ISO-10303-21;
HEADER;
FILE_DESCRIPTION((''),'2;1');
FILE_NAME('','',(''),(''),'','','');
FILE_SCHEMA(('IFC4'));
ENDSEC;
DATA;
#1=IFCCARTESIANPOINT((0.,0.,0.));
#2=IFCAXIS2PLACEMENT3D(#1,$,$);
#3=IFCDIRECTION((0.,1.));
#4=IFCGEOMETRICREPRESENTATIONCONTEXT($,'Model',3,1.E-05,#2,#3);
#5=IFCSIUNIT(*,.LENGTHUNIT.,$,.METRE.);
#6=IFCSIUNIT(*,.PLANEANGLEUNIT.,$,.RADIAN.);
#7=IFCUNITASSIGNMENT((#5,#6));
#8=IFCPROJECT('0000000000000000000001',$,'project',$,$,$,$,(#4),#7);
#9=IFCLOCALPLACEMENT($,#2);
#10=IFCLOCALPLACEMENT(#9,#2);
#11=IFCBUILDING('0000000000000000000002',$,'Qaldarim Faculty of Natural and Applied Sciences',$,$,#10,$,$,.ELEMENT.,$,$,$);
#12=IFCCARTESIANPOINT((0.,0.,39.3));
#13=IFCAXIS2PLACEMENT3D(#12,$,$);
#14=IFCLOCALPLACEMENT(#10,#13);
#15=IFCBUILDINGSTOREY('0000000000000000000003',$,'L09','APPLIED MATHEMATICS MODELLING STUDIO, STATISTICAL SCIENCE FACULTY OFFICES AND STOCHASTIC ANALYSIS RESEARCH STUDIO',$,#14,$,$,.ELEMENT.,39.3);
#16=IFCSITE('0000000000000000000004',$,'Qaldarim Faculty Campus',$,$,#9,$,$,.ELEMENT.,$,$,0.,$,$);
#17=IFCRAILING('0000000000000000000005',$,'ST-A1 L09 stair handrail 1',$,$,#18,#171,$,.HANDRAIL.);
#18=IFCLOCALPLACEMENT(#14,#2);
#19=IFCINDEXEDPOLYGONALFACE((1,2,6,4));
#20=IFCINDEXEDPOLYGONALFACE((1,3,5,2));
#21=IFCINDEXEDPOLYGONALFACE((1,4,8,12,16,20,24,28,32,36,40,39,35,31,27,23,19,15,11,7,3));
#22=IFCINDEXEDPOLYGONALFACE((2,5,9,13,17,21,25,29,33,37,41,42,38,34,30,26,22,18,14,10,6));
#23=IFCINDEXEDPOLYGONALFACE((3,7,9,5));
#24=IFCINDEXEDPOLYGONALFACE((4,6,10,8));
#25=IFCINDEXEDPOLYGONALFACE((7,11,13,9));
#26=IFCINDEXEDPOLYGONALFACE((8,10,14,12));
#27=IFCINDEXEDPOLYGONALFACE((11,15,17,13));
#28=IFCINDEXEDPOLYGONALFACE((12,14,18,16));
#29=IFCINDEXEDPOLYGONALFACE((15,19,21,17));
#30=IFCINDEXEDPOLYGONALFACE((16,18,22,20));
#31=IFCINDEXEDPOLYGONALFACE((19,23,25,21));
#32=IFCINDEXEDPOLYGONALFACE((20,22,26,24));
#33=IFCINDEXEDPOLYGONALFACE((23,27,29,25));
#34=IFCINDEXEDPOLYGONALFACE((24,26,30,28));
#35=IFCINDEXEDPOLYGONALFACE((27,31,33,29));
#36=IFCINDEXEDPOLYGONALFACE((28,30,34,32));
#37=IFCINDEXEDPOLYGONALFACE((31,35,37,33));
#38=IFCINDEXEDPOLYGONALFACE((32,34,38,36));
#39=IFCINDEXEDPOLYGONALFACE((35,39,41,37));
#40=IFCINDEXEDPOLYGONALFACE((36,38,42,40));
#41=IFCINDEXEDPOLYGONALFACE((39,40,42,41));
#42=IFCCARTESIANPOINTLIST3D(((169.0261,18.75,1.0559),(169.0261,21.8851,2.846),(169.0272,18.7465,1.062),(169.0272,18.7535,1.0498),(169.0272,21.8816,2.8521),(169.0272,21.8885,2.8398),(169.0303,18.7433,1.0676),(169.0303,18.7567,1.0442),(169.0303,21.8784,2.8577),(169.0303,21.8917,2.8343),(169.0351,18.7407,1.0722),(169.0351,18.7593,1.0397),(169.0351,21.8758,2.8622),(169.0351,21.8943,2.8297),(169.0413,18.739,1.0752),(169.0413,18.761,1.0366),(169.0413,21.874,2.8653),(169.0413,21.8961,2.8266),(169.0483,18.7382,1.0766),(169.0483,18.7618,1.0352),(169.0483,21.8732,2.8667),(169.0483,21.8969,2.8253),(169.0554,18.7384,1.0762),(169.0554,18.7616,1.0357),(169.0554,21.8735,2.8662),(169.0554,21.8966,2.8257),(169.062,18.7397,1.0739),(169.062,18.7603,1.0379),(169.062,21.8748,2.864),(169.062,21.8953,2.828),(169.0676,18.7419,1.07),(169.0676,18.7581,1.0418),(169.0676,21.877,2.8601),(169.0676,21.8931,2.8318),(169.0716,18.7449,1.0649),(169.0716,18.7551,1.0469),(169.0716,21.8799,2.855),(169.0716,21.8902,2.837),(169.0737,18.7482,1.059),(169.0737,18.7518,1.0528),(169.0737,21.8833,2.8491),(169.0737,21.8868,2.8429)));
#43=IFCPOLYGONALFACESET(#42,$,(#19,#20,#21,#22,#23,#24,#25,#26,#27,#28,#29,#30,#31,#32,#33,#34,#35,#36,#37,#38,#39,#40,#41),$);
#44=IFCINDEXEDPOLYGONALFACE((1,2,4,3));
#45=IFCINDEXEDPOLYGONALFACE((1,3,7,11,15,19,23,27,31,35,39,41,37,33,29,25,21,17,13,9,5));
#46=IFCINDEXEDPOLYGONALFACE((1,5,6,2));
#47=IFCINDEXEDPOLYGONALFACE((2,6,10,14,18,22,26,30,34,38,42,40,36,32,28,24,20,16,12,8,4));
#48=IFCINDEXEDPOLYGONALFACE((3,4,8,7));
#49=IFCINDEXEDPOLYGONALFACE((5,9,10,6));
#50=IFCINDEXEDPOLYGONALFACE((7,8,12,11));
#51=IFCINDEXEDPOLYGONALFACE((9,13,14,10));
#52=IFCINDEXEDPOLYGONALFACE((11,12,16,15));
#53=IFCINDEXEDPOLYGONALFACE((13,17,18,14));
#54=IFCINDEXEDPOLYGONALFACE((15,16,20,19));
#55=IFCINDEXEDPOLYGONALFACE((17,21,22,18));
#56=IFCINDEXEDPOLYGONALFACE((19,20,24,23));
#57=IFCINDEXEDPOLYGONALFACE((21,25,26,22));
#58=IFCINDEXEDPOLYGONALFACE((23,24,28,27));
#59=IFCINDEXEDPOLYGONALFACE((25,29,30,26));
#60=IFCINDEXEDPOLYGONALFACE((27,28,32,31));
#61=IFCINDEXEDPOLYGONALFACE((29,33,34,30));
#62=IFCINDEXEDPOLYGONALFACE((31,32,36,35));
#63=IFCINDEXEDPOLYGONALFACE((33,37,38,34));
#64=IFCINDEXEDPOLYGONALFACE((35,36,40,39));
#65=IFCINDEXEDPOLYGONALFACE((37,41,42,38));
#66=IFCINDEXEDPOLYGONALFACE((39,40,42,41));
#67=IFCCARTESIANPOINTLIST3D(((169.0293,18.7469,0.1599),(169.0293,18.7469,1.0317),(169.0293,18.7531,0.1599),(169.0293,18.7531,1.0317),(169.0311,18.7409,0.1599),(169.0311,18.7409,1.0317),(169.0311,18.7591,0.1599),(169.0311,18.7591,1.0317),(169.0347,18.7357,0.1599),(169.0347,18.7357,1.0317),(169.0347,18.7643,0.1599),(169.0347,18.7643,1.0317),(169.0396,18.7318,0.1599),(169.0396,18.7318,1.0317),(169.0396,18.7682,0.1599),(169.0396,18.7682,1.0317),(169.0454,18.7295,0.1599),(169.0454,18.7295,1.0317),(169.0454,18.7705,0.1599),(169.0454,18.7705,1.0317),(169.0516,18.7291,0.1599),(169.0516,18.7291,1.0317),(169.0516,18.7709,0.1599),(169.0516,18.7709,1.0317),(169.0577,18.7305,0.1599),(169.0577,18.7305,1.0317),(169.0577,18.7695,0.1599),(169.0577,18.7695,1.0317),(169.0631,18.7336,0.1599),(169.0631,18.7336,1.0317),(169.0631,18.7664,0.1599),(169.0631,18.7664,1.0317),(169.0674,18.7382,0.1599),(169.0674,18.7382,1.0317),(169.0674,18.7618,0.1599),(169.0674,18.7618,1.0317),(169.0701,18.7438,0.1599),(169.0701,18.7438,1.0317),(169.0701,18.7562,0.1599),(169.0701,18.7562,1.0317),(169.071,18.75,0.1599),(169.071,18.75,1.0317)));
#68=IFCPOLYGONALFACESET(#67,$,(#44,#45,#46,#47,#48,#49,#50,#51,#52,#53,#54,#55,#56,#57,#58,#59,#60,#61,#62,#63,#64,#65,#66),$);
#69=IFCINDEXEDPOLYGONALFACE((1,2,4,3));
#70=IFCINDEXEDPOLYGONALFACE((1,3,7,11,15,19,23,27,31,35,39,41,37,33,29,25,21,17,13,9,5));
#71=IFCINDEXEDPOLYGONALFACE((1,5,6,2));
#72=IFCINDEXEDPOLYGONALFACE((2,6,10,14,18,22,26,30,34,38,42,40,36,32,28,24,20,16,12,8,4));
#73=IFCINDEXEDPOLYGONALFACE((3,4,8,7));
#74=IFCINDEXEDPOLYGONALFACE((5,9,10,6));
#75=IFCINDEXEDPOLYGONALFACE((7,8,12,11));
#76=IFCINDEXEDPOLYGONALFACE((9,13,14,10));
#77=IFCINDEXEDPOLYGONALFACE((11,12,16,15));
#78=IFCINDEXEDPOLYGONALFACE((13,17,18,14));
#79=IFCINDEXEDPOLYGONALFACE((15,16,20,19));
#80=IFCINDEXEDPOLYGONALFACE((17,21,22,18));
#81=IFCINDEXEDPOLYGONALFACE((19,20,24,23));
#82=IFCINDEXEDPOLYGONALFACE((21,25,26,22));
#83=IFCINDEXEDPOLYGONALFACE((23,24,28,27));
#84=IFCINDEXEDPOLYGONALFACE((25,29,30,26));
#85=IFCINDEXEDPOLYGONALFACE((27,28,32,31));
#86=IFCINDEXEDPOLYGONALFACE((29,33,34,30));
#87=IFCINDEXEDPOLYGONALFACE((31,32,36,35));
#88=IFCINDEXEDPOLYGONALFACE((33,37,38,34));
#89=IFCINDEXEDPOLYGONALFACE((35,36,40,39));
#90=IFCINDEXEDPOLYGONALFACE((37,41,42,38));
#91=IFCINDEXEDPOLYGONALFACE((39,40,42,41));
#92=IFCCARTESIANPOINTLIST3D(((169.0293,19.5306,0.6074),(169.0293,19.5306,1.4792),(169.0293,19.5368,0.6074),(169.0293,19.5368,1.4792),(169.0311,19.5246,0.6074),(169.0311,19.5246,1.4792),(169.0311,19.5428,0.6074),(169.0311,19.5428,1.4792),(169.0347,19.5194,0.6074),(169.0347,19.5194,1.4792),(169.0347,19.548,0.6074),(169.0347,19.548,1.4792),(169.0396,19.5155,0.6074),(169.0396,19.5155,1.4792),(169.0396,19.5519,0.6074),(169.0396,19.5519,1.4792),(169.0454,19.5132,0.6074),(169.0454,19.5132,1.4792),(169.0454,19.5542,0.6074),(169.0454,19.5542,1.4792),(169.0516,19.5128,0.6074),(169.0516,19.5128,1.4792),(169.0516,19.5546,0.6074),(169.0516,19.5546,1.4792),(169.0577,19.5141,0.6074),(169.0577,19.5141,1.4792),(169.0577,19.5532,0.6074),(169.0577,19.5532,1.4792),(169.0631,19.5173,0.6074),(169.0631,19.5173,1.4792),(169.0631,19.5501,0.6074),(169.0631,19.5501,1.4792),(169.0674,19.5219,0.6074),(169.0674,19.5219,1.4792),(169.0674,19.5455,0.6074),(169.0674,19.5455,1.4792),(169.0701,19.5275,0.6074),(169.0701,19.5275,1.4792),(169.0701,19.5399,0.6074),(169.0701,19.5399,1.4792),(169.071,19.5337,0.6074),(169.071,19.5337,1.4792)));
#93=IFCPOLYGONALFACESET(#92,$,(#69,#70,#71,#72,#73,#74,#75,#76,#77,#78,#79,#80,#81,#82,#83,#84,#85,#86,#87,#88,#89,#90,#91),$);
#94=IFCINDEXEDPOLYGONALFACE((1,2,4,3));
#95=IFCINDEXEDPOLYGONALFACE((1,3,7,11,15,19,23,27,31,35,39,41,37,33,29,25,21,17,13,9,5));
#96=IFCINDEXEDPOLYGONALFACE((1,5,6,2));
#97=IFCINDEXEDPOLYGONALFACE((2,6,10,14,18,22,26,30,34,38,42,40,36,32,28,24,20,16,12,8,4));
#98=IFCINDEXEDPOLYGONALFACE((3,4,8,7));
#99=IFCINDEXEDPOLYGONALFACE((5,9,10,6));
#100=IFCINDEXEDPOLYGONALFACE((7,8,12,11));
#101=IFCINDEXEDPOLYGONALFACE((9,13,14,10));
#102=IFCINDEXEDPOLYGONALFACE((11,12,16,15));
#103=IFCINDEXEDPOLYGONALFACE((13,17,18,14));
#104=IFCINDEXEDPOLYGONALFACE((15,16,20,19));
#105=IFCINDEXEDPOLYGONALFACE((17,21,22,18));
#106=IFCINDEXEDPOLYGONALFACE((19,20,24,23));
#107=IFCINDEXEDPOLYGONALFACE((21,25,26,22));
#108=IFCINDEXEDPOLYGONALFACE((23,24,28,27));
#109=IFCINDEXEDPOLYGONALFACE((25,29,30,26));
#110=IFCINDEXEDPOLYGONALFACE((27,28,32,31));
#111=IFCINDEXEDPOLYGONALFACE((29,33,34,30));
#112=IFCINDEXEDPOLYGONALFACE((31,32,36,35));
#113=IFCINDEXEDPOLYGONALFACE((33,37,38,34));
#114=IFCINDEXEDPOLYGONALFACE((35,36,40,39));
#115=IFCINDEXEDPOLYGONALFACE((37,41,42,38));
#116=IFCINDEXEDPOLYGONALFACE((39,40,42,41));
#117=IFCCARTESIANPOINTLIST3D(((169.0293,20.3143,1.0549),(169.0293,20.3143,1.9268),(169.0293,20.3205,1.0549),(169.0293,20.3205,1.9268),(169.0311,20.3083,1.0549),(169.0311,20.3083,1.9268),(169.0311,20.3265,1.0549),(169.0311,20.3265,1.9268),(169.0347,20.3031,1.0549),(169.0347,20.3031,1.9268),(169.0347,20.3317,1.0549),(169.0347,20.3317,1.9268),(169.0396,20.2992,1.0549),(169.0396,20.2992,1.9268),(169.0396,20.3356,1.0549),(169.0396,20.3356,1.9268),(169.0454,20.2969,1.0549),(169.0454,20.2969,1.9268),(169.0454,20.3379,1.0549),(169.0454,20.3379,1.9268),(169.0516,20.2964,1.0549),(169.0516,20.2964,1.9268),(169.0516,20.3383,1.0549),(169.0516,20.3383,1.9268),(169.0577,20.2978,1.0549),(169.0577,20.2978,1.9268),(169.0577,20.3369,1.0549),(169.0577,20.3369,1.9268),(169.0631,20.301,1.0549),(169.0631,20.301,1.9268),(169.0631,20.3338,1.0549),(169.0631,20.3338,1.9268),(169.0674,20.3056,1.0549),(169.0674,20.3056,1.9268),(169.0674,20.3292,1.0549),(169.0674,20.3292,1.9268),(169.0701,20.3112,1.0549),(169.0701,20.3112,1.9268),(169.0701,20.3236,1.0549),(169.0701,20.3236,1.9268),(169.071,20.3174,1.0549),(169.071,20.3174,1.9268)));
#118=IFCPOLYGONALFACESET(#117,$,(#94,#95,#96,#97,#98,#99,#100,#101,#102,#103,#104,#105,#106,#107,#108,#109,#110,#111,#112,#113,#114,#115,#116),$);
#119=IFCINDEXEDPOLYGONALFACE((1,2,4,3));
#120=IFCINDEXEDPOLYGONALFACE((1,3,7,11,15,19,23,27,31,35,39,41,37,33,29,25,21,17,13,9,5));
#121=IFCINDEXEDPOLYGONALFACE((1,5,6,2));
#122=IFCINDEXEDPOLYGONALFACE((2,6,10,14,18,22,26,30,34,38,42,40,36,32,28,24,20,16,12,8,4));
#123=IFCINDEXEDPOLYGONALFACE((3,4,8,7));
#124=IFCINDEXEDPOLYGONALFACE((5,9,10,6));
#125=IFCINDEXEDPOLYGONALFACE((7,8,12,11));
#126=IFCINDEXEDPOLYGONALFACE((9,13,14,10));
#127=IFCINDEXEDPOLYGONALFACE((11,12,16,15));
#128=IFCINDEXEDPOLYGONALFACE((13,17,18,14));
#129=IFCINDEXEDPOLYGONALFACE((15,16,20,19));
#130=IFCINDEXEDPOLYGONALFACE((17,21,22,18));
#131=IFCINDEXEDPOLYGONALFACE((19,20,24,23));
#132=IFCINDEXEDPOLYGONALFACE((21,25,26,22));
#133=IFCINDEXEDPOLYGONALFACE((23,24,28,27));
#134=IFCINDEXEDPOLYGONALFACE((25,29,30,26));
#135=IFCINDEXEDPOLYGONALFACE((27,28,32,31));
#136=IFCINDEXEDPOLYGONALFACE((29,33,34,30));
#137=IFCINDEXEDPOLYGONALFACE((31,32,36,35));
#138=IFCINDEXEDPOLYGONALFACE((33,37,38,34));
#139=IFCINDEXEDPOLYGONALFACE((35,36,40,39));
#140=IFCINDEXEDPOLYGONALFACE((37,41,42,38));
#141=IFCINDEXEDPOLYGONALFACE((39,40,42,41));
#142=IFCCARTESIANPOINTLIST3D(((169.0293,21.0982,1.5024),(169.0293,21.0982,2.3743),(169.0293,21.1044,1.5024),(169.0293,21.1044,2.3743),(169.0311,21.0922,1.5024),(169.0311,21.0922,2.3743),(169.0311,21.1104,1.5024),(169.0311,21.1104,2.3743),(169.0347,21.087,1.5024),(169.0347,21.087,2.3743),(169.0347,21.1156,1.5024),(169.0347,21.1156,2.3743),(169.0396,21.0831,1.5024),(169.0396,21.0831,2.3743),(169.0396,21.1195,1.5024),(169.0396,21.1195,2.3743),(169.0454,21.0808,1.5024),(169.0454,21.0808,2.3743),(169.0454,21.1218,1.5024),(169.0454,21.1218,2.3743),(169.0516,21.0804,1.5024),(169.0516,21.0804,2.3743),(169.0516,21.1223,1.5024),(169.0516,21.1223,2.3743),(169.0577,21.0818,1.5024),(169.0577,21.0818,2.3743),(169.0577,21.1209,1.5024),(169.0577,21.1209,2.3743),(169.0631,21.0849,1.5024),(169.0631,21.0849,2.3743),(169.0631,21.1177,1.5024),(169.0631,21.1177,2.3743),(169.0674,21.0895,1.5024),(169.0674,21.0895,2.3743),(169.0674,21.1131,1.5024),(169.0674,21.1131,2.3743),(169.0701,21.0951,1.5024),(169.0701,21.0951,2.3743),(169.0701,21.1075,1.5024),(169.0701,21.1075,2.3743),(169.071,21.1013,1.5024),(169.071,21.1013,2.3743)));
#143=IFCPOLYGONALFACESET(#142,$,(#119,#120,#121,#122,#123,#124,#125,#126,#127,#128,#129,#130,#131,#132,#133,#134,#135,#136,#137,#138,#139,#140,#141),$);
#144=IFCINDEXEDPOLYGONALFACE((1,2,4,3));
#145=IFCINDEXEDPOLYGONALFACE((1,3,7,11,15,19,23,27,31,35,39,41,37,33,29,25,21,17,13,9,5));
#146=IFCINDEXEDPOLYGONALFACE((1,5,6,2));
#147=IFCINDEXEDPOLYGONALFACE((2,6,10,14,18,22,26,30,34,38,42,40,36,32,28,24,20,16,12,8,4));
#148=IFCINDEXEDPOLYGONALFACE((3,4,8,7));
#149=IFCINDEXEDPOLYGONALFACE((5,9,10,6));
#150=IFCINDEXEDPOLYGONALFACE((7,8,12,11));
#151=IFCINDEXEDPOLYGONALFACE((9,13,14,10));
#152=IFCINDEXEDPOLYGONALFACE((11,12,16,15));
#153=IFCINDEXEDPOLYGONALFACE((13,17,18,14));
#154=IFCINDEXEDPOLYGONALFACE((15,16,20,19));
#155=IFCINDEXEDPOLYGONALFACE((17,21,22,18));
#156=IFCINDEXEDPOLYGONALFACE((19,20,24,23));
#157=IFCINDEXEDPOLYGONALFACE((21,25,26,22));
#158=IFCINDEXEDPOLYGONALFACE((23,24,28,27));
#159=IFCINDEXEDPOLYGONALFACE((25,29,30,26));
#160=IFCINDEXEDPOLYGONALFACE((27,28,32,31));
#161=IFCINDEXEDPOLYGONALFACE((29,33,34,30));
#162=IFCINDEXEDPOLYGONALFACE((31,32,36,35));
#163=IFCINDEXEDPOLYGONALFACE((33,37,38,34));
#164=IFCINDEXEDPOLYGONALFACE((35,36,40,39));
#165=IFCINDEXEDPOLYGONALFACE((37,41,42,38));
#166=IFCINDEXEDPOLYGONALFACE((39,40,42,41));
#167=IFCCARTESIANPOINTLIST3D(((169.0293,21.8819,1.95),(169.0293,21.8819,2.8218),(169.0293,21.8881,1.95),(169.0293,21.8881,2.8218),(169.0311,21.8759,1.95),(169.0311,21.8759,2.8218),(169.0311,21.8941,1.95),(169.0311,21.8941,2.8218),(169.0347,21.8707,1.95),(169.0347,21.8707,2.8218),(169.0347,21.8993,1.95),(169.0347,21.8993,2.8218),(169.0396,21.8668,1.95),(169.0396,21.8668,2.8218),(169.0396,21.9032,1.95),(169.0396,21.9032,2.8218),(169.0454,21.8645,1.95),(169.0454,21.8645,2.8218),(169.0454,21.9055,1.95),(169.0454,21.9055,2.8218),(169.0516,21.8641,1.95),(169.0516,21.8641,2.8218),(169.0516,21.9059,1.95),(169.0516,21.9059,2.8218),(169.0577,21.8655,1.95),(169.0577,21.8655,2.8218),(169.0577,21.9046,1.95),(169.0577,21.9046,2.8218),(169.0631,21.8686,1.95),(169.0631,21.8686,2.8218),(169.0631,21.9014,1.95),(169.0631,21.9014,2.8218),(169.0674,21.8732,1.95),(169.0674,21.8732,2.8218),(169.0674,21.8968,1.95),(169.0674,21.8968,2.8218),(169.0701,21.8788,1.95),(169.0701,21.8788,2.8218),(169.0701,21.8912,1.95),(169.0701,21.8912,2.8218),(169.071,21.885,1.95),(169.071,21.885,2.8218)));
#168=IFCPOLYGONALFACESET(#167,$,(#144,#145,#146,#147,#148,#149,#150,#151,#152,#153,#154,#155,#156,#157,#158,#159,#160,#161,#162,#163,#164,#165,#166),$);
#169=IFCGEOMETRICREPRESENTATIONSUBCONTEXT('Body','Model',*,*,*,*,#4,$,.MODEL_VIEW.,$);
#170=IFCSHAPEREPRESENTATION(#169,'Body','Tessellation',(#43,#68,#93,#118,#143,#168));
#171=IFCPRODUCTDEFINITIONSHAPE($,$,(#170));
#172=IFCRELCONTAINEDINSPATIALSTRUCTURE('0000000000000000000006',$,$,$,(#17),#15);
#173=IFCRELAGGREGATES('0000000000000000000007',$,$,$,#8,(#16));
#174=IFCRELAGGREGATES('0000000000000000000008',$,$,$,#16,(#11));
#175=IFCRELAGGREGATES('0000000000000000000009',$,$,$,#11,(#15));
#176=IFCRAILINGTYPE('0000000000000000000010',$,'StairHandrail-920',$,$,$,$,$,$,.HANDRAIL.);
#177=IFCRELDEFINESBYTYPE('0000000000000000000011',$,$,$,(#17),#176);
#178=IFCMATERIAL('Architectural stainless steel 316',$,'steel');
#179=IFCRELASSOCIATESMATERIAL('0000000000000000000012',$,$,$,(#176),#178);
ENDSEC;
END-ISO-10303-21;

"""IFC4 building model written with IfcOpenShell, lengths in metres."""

from ifc_helpers import new_model, si_unit, direction, frame, origin, origin_2d, place, context, subcontext, project, spatial, circle, extrude, material, type_object, element, save


model = new_model("IFC4")

# Units and contexts
model_context = context("Model", 3, precision=1e-05, world=origin(), true_north=direction((0.0, 1.0)))
body_context = subcontext(model_context, "Body", "Model", "MODEL_VIEW")
ifc_project = project(units=[si_unit("LENGTHUNIT", "METRE"), si_unit("PLANEANGLEUNIT", "RADIAN")], contexts=[model_context])

# Site, building, storey
site_placement = place(None, origin())
site = spatial("IfcSite", under=ifc_project, at=site_placement, Name="Qaldarim Faculty Campus", CompositionType="ELEMENT", RefElevation=0.0)
building_placement = place(site_placement, origin())
building = spatial("IfcBuilding", under=site, at=building_placement, Name="Qaldarim Faculty of Natural and Applied Sciences", CompositionType="ELEMENT")
storey_placement = place(building_placement, frame((0.0, 0.0, 39.3)))
storey = spatial("IfcBuildingStorey", under=building, at=storey_placement, Name="L09", Description="APPLIED MATHEMATICS MODELLING STUDIO, STATISTICAL SCIENCE FACULTY OFFICES AND STOCHASTIC ANALYSIS RESEARCH STUDIO", CompositionType="ELEMENT", Elevation=39.3)

# Shared definitions
ifc_material_1 = material(Name="Architectural stainless steel 316", Category="steel")

# Railing
railing_type_1 = type_object("IfcRailingType", Name="StairHandrail-920", PredefinedType="HANDRAIL", material=ifc_material_1)
railing_1_placement = place(storey_placement, frame((169.05, 18.75, 0.1599)))
element("IfcRailing", 1, at=railing_1_placement, inside=storey, type_object=railing_type_1, Name="ST-A1 L09 stair handrail 1", PredefinedType="HANDRAIL", context=body_context, shape_type="SweptSolid", body=[
    extrude(circle(Radius=0.0239, at=origin_2d()), frame((0.0, 0.0, 0.896), z_axis=(0.0, 0.86841, 0.495848), x_axis=(-1.0, 0.0, 0.0)), (0.0, 0.0, 1.0), 3.6101),
    extrude(circle(Radius=0.021, at=origin_2d()), origin(), (0.0, 0.0, 1.0), 0.8718),
    extrude(circle(Radius=0.021, at=origin_2d()), frame((0.0, 0.7837, 0.4475)), (0.0, 0.0, 1.0), 0.8718),
    extrude(circle(Radius=0.021, at=origin_2d()), frame((0.0, 1.5674, 0.895)), (0.0, 0.0, 1.0), 0.8718),
    extrude(circle(Radius=0.021, at=origin_2d()), frame((0.0, 2.3513, 1.3425)), (0.0, 0.0, 1.0), 0.8718),
    extrude(circle(Radius=0.021, at=origin_2d()), frame((0.0, 3.135, 1.79)), (0.0, 0.0, 1.0), 0.8718),
])

save(model, "model.ifc")
